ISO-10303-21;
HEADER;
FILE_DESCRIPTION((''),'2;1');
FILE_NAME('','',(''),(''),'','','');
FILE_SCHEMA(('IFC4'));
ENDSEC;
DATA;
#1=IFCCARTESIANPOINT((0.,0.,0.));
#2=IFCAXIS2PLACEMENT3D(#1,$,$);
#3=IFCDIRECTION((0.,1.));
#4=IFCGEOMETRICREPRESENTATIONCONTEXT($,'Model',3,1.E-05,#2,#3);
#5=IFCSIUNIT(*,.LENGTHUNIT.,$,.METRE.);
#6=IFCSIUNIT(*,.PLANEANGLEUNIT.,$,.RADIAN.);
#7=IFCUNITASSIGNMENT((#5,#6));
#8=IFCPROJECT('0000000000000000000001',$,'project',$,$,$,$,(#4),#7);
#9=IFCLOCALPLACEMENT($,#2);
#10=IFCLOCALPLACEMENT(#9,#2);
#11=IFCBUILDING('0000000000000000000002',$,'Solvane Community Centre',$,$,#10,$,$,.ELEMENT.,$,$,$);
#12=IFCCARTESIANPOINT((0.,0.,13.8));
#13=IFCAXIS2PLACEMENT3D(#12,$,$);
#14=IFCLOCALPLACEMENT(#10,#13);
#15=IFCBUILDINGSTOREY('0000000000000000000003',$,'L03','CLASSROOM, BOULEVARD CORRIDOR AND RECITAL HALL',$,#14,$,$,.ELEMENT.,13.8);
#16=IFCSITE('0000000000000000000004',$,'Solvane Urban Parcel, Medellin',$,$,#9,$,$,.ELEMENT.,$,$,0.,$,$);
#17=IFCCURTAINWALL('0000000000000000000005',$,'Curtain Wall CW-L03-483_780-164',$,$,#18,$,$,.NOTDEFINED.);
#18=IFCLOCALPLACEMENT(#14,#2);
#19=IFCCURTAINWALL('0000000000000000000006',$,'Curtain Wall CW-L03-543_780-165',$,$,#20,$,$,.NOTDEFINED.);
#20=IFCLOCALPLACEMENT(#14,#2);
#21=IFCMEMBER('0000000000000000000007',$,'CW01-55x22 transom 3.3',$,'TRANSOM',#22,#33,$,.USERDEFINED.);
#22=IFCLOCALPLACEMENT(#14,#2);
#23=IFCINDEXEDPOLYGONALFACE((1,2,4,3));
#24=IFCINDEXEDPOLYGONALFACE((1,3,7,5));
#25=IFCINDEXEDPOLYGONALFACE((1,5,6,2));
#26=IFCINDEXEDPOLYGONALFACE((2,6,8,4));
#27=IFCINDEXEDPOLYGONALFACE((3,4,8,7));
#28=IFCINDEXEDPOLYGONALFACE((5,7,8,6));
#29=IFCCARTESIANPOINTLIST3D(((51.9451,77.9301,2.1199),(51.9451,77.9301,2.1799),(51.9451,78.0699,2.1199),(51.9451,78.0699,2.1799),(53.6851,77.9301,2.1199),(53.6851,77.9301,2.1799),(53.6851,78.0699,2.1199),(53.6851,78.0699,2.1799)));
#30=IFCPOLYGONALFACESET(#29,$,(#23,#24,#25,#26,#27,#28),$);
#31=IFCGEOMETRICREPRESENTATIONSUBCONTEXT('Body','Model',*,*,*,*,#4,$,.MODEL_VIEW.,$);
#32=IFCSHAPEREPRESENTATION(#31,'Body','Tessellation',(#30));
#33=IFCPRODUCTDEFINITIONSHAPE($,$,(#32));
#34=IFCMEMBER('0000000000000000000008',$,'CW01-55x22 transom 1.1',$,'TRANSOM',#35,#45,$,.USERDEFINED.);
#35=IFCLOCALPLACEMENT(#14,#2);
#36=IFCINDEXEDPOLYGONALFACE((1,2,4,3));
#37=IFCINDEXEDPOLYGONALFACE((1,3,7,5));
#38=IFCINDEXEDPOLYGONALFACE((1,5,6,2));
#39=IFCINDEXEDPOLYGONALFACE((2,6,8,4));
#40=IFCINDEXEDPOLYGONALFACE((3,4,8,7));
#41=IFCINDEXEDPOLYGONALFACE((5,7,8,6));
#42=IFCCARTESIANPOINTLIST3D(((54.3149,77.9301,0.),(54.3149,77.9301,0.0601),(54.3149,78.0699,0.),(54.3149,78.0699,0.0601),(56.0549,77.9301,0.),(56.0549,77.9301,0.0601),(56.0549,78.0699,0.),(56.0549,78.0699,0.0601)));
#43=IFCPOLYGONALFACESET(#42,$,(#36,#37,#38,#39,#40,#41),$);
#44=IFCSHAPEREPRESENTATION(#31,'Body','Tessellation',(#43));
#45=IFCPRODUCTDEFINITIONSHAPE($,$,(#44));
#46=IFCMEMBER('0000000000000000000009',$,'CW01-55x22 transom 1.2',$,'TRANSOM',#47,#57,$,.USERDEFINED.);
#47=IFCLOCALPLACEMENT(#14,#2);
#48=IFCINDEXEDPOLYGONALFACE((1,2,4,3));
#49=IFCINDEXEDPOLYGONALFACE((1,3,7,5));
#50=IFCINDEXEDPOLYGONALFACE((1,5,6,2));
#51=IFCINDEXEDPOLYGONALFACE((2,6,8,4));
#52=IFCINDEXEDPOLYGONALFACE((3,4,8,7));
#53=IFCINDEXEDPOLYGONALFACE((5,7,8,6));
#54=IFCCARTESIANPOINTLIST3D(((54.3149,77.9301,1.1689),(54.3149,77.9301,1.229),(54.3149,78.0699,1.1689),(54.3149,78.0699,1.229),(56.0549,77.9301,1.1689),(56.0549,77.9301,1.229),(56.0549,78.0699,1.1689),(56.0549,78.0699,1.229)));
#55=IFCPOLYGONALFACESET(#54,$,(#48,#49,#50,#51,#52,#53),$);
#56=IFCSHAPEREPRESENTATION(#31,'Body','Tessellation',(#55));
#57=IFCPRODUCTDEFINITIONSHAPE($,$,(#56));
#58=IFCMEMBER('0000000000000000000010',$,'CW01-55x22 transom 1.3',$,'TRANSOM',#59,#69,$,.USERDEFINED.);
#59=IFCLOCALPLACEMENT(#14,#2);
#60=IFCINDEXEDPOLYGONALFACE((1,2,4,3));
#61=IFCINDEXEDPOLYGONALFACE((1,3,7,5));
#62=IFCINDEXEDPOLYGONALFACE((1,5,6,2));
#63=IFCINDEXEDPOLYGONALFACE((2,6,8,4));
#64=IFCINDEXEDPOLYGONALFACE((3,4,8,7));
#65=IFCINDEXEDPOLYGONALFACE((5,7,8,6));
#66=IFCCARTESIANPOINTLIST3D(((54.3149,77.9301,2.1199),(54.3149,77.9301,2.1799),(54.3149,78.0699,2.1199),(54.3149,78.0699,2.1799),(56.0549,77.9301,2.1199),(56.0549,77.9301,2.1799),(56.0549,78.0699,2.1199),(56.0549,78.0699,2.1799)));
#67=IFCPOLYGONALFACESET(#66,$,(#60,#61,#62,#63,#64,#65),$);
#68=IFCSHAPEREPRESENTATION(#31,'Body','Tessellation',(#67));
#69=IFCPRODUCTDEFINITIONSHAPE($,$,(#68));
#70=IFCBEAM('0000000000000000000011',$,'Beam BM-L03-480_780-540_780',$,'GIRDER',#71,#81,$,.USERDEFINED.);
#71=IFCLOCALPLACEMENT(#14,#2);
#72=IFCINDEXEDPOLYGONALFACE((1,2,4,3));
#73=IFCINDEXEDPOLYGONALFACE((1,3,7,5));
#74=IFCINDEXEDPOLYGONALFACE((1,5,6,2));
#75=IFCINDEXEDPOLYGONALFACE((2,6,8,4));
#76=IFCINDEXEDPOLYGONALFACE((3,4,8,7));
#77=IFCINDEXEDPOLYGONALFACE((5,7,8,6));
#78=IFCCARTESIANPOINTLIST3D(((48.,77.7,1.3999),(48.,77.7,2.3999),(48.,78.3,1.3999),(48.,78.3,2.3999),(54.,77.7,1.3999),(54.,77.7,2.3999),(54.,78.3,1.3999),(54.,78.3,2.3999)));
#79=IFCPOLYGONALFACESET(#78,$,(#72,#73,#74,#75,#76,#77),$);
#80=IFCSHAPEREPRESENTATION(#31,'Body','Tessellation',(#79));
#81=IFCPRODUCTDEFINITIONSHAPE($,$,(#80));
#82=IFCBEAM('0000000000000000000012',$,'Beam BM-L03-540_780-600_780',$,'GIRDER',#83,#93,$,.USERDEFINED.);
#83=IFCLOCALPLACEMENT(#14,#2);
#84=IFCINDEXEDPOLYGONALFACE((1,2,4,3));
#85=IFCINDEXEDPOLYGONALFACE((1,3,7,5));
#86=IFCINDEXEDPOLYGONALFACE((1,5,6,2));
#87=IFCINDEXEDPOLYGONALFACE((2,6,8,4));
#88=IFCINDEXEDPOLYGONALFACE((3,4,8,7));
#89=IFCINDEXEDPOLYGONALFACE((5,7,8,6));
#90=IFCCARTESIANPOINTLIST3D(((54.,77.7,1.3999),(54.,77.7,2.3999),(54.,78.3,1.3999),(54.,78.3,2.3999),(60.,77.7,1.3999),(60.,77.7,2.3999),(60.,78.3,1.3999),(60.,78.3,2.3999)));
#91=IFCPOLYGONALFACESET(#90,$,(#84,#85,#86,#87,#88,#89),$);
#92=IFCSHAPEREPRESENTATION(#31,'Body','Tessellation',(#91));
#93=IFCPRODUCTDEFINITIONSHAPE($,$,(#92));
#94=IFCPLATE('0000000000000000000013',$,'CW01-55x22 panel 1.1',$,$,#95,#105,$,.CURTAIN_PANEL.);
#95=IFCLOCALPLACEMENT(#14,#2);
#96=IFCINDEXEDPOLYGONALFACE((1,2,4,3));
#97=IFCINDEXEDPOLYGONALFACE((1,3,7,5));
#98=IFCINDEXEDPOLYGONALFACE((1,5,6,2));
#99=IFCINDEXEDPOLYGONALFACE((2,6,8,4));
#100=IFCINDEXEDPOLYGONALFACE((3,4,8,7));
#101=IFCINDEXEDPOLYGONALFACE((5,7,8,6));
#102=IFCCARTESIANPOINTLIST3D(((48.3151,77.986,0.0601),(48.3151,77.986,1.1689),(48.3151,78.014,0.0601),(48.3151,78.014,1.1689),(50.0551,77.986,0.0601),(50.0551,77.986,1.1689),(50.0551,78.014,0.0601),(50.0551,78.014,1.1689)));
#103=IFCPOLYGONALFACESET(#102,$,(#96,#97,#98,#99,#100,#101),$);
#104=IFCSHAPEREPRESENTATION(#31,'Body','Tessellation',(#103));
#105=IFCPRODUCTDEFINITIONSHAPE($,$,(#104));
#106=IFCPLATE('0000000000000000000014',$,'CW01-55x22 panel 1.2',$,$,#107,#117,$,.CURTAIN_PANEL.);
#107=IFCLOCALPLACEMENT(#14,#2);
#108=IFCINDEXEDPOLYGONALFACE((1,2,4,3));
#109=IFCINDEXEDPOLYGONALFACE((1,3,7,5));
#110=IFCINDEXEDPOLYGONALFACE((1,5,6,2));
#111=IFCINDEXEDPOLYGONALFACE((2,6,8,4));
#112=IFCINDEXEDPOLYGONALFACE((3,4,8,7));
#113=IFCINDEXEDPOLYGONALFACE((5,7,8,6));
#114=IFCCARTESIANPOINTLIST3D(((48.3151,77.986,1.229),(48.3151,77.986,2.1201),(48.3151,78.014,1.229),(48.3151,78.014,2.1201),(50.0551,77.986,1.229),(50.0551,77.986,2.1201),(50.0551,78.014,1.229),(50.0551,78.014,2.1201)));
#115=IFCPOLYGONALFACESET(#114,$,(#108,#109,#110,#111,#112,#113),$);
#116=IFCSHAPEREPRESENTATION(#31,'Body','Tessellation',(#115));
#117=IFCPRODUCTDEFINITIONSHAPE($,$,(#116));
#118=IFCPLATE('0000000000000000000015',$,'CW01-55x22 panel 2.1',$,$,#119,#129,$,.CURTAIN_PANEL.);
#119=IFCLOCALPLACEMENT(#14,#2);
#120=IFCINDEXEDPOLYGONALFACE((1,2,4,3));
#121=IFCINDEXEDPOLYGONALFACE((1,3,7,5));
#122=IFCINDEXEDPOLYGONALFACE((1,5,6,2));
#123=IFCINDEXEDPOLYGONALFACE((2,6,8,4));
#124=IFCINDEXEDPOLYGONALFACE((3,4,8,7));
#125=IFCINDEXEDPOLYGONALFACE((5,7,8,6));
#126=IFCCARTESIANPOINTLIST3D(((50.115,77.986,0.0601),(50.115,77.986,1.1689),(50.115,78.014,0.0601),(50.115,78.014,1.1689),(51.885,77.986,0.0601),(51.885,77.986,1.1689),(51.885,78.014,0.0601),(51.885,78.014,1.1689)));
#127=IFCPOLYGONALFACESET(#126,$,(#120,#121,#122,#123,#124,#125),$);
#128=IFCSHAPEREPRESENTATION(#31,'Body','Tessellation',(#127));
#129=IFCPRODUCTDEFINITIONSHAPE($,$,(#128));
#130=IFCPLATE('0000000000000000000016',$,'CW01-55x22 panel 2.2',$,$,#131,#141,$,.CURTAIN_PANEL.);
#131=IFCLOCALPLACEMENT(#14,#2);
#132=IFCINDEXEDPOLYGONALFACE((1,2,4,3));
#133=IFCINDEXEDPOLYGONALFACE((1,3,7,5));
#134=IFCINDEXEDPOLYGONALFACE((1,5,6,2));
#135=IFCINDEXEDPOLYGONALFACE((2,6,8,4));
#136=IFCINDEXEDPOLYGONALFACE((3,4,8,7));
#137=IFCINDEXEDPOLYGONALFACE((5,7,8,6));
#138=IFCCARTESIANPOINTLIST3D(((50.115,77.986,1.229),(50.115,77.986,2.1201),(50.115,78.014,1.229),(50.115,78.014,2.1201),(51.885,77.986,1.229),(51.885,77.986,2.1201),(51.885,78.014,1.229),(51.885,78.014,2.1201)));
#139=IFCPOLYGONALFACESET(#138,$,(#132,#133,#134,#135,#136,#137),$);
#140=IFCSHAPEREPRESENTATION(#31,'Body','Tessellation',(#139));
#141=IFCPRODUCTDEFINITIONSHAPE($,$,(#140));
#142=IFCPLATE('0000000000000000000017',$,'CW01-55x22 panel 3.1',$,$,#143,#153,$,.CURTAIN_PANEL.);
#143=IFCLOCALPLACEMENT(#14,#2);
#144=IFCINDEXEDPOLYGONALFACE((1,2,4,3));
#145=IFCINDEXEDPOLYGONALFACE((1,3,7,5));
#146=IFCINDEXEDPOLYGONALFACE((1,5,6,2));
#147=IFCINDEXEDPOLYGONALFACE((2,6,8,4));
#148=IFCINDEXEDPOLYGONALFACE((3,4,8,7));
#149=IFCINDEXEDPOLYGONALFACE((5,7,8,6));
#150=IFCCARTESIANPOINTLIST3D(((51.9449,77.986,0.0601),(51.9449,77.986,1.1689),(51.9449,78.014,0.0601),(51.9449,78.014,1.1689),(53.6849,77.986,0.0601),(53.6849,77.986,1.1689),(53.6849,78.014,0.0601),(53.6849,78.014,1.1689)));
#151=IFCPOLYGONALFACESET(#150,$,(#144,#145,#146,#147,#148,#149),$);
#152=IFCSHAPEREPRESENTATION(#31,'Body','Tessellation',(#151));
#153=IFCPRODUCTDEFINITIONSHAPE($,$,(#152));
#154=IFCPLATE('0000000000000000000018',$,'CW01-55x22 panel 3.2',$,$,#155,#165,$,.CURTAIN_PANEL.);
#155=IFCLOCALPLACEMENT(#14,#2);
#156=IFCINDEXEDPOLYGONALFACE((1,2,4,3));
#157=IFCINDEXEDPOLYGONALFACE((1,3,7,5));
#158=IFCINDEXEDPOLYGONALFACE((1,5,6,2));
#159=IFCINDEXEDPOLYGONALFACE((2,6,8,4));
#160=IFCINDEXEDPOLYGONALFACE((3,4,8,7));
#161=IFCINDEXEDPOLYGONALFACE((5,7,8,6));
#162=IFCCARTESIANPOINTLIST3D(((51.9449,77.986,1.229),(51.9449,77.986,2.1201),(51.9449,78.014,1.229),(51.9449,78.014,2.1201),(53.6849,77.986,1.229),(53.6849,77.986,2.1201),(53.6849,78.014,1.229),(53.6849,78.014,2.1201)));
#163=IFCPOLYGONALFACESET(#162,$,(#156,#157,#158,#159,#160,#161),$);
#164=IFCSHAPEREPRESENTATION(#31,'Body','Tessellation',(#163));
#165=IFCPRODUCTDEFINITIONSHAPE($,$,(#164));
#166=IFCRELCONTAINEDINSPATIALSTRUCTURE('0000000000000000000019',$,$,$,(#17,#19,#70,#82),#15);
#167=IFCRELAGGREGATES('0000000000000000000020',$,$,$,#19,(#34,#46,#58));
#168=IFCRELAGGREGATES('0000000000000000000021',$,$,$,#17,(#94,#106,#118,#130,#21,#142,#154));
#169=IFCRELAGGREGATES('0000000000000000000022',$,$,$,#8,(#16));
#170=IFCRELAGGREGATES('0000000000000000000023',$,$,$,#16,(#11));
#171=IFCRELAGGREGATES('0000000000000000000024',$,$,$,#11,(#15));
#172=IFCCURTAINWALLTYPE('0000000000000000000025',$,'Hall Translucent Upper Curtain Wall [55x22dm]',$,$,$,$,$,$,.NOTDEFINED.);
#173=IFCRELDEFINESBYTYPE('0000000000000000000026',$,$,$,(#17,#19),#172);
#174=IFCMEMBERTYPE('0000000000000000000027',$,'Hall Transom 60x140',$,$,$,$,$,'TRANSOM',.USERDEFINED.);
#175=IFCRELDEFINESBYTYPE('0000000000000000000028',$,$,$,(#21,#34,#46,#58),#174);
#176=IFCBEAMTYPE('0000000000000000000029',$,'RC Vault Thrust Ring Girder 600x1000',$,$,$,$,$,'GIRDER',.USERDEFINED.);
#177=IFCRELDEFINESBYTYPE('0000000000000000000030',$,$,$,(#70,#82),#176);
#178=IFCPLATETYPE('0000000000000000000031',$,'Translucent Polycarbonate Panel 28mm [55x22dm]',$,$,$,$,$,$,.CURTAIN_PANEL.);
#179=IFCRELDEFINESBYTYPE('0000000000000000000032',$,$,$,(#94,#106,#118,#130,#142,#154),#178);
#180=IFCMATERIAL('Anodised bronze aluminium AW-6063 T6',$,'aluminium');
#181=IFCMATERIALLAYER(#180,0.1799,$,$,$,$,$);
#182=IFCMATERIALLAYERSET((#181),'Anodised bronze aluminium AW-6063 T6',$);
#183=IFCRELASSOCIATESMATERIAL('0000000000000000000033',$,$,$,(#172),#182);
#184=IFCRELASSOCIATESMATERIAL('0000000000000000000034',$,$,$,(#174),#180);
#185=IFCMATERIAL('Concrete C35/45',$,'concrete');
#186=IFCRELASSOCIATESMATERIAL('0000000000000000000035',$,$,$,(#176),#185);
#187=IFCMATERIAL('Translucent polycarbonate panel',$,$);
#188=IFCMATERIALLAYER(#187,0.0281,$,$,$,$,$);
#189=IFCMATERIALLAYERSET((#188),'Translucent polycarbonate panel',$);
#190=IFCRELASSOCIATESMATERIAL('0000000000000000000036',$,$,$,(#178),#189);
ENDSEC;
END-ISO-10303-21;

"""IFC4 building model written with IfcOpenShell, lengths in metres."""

from ifc_helpers import new_model, si_unit, direction, frame, origin, origin_2d, place, context, subcontext, project, spatial, rectangle, extrude, material, layer, layer_set, material_profile, profile_set, type_object, element, aggregate, save


model = new_model("IFC4")

# Units and contexts
model_context = context("Model", 3, precision=1e-05, world=origin(), true_north=direction((0.0, 1.0)))
body_context = subcontext(model_context, "Body", "Model", "MODEL_VIEW")
ifc_project = project(units=[si_unit("LENGTHUNIT", "METRE"), si_unit("PLANEANGLEUNIT", "RADIAN")], contexts=[model_context])

# Site, building, storey
site_placement = place(None, origin())
site = spatial("IfcSite", under=ifc_project, at=site_placement, Name="Solvane Urban Parcel, Medellin", CompositionType="ELEMENT", RefElevation=0.0)
building_placement = place(site_placement, origin())
building = spatial("IfcBuilding", under=site, at=building_placement, Name="Solvane Community Centre", CompositionType="ELEMENT")
storey_placement = place(building_placement, frame((0.0, 0.0, 13.8)))
storey = spatial("IfcBuildingStorey", under=building, at=storey_placement, Name="L03", Description="CLASSROOM, BOULEVARD CORRIDOR AND RECITAL HALL", CompositionType="ELEMENT", Elevation=13.8)

# Curtain wall
ifc_material_1 = material(Name="Anodised bronze aluminium AW-6063 T6", Category="aluminium")
ifc_layer_1 = layer(ifc_material_1, 0.1799)
ifc_layer_set_1 = layer_set([ifc_layer_1], Name="Anodised bronze aluminium AW-6063 T6")
curtain_wall_type = type_object("IfcCurtainWallType", Name="Hall Translucent Upper Curtain Wall [55x22dm]", PredefinedType="NOTDEFINED", material=ifc_layer_set_1)
curtain_wall_1_placement = place(storey_placement, origin())
curtain_wall_1 = element("IfcCurtainWall", 1, at=curtain_wall_1_placement, inside=storey, type_object=curtain_wall_type, Name="Curtain Wall CW-L03-483_780-164", PredefinedType="NOTDEFINED")

# Curtain wall
curtain_wall_2_placement = place(storey_placement, origin())
curtain_wall_2 = element("IfcCurtainWall", 2, at=curtain_wall_2_placement, inside=storey, type_object=curtain_wall_type, Name="Curtain Wall CW-L03-543_780-165", PredefinedType="NOTDEFINED")

# Members
ifc_material_profile_1 = material_profile(ifc_material_1, rectangle(XDim=0.1399, YDim=0.0601, at=origin_2d()), Name="CW-T 60x140")
ifc_profile_set_1 = profile_set([ifc_material_profile_1], Name="Anodised bronze aluminium AW-6063 T6")
member_type_1 = type_object("IfcMemberType", Name="Hall Transom 60x140", ElementType="TRANSOM", PredefinedType="USERDEFINED", material=ifc_profile_set_1)
member_1_placement = place(storey_placement, frame((51.9451, 78.0, 2.1499), z_axis=(1.0, 0.0, 0.0), x_axis=(0.0, 1.0, 0.0)))
member_1 = element("IfcMember", 3, at=member_1_placement, type_object=member_type_1, Name="CW01-55x22 transom 3.3", ObjectType="TRANSOM", PredefinedType="USERDEFINED", context=body_context, shape_type="SweptSolid", body=[
    extrude(rectangle(XDim=0.1399, YDim=0.0601, at=origin_2d()), origin(), (0.0, 0.0, 1.0), 1.74),
])
member_2_placement = place(storey_placement, frame((54.3149, 78.0, 0.03), z_axis=(1.0, 0.0, 0.0), x_axis=(0.0, 1.0, 0.0)))
member_2 = element("IfcMember", 4, at=member_2_placement, type_object=member_type_1, Name="CW01-55x22 transom 1.1", ObjectType="TRANSOM", PredefinedType="USERDEFINED", context=body_context, shape_type="SweptSolid", body=[
    extrude(rectangle(XDim=0.1399, YDim=0.0601, at=origin_2d()), origin(), (0.0, 0.0, 1.0), 1.74),
])
member_3_placement = place(storey_placement, frame((54.3149, 78.0, 1.199), z_axis=(1.0, 0.0, 0.0), x_axis=(0.0, 1.0, 0.0)))
member_3 = element("IfcMember", 5, at=member_3_placement, type_object=member_type_1, Name="CW01-55x22 transom 1.2", ObjectType="TRANSOM", PredefinedType="USERDEFINED", context=body_context, shape_type="SweptSolid", body=[
    extrude(rectangle(XDim=0.1399, YDim=0.0601, at=origin_2d()), origin(), (0.0, 0.0, 1.0), 1.74),
])
member_4_placement = place(storey_placement, frame((54.3149, 78.0, 2.1499), z_axis=(1.0, 0.0, 0.0), x_axis=(0.0, 1.0, 0.0)))
member_4 = element("IfcMember", 6, at=member_4_placement, type_object=member_type_1, Name="CW01-55x22 transom 1.3", ObjectType="TRANSOM", PredefinedType="USERDEFINED", context=body_context, shape_type="SweptSolid", body=[
    extrude(rectangle(XDim=0.1399, YDim=0.0601, at=origin_2d()), origin(), (0.0, 0.0, 1.0), 1.74),
])
aggregate(curtain_wall_2, [member_2, member_3, member_4])

# Beams
ifc_material_2 = material(Name="Concrete C35/45", Category="concrete")
ifc_material_profile_2 = material_profile(ifc_material_2, rectangle(XDim=0.6001, YDim=1.0, at=origin_2d()), Name="RC 600x1000")
ifc_profile_set_2 = profile_set([ifc_material_profile_2], Name="Concrete C35/45")
beam_type = type_object("IfcBeamType", Name="RC Vault Thrust Ring Girder 600x1000", ElementType="GIRDER", PredefinedType="USERDEFINED", material=ifc_profile_set_2)
for number, where, z_axis, x_axis, name in (
    (7, (48.0, 78.0, 1.8999), (1.0, 0.0, 0.0), (0.0, 1.0, 0.0), "Beam BM-L03-480_780-540_780"),
    (8, (54.0, 78.0, 1.8999), (1.0, 0.0, 0.0), (0.0, 1.0, 0.0), "Beam BM-L03-540_780-600_780"),
):
    element("IfcBeam", number, at=place(storey_placement, frame(where, z_axis=z_axis, x_axis=x_axis)), inside=storey, type_object=beam_type, Name=name, ObjectType="GIRDER", PredefinedType="USERDEFINED", context=body_context, shape_type="SweptSolid", body=[
        extrude(rectangle(XDim=0.6001, YDim=1.0, at=origin_2d()), origin(), (0.0, 0.0, 1.0), 6.0),
    ])

# Plates
ifc_material_3 = material(Name="Translucent polycarbonate panel")
ifc_layer_2 = layer(ifc_material_3, 0.0281)
ifc_layer_set_2 = layer_set([ifc_layer_2], Name="Translucent polycarbonate panel")
plate_type = type_object("IfcPlateType", Name="Translucent Polycarbonate Panel 28mm [55x22dm]", PredefinedType="CURTAIN_PANEL", material=ifc_layer_set_2)
plate_1_placement = place(storey_placement, frame((49.1851, 78.0, 0.0601), z_axis=(0.0, 0.0, 1.0), x_axis=(1.0, 0.0, 0.0)))
plate_1 = element("IfcPlate", 9, at=plate_1_placement, type_object=plate_type, Name="CW01-55x22 panel 1.1", PredefinedType="CURTAIN_PANEL", context=body_context, shape_type="SweptSolid", body=[
    extrude(rectangle(XDim=1.74, YDim=0.0281, at=origin_2d()), origin(), (0.0, 0.0, 1.0), 1.1089),
])
plate_2_placement = place(storey_placement, frame((49.1851, 78.0, 1.229), z_axis=(0.0, 0.0, 1.0), x_axis=(1.0, 0.0, 0.0)))
plate_2 = element("IfcPlate", 10, at=plate_2_placement, type_object=plate_type, Name="CW01-55x22 panel 1.2", PredefinedType="CURTAIN_PANEL", context=body_context, shape_type="SweptSolid", body=[
    extrude(rectangle(XDim=1.74, YDim=0.0281, at=origin_2d()), origin(), (0.0, 0.0, 1.0), 0.8911),
])
plate_3_placement = place(storey_placement, frame((51.0, 78.0, 0.0601), z_axis=(0.0, 0.0, 1.0), x_axis=(1.0, 0.0, 0.0)))
plate_3 = element("IfcPlate", 11, at=plate_3_placement, type_object=plate_type, Name="CW01-55x22 panel 2.1", PredefinedType="CURTAIN_PANEL", context=body_context, shape_type="SweptSolid", body=[
    extrude(rectangle(XDim=1.77, YDim=0.0281, at=origin_2d()), origin(), (0.0, 0.0, 1.0), 1.1089),
])
plate_4_placement = place(storey_placement, frame((51.0, 78.0, 1.229), z_axis=(0.0, 0.0, 1.0), x_axis=(1.0, 0.0, 0.0)))
plate_4 = element("IfcPlate", 12, at=plate_4_placement, type_object=plate_type, Name="CW01-55x22 panel 2.2", PredefinedType="CURTAIN_PANEL", context=body_context, shape_type="SweptSolid", body=[
    extrude(rectangle(XDim=1.77, YDim=0.0281, at=origin_2d()), origin(), (0.0, 0.0, 1.0), 0.8911),
])
plate_5_placement = place(storey_placement, frame((52.8149, 78.0, 0.0601), z_axis=(0.0, 0.0, 1.0), x_axis=(1.0, 0.0, 0.0)))
plate_5 = element("IfcPlate", 13, at=plate_5_placement, type_object=plate_type, Name="CW01-55x22 panel 3.1", PredefinedType="CURTAIN_PANEL", context=body_context, shape_type="SweptSolid", body=[
    extrude(rectangle(XDim=1.74, YDim=0.0281, at=origin_2d()), origin(), (0.0, 0.0, 1.0), 1.1089),
])
plate_6_placement = place(storey_placement, frame((52.8149, 78.0, 1.229), z_axis=(0.0, 0.0, 1.0), x_axis=(1.0, 0.0, 0.0)))
plate_6 = element("IfcPlate", 14, at=plate_6_placement, type_object=plate_type, Name="CW01-55x22 panel 3.2", PredefinedType="CURTAIN_PANEL", context=body_context, shape_type="SweptSolid", body=[
    extrude(rectangle(XDim=1.74, YDim=0.0281, at=origin_2d()), origin(), (0.0, 0.0, 1.0), 0.8911),
])
aggregate(curtain_wall_1, [plate_1, plate_2, plate_3, plate_4, member_1, plate_5, plate_6])

save(model, "model.ifc")
